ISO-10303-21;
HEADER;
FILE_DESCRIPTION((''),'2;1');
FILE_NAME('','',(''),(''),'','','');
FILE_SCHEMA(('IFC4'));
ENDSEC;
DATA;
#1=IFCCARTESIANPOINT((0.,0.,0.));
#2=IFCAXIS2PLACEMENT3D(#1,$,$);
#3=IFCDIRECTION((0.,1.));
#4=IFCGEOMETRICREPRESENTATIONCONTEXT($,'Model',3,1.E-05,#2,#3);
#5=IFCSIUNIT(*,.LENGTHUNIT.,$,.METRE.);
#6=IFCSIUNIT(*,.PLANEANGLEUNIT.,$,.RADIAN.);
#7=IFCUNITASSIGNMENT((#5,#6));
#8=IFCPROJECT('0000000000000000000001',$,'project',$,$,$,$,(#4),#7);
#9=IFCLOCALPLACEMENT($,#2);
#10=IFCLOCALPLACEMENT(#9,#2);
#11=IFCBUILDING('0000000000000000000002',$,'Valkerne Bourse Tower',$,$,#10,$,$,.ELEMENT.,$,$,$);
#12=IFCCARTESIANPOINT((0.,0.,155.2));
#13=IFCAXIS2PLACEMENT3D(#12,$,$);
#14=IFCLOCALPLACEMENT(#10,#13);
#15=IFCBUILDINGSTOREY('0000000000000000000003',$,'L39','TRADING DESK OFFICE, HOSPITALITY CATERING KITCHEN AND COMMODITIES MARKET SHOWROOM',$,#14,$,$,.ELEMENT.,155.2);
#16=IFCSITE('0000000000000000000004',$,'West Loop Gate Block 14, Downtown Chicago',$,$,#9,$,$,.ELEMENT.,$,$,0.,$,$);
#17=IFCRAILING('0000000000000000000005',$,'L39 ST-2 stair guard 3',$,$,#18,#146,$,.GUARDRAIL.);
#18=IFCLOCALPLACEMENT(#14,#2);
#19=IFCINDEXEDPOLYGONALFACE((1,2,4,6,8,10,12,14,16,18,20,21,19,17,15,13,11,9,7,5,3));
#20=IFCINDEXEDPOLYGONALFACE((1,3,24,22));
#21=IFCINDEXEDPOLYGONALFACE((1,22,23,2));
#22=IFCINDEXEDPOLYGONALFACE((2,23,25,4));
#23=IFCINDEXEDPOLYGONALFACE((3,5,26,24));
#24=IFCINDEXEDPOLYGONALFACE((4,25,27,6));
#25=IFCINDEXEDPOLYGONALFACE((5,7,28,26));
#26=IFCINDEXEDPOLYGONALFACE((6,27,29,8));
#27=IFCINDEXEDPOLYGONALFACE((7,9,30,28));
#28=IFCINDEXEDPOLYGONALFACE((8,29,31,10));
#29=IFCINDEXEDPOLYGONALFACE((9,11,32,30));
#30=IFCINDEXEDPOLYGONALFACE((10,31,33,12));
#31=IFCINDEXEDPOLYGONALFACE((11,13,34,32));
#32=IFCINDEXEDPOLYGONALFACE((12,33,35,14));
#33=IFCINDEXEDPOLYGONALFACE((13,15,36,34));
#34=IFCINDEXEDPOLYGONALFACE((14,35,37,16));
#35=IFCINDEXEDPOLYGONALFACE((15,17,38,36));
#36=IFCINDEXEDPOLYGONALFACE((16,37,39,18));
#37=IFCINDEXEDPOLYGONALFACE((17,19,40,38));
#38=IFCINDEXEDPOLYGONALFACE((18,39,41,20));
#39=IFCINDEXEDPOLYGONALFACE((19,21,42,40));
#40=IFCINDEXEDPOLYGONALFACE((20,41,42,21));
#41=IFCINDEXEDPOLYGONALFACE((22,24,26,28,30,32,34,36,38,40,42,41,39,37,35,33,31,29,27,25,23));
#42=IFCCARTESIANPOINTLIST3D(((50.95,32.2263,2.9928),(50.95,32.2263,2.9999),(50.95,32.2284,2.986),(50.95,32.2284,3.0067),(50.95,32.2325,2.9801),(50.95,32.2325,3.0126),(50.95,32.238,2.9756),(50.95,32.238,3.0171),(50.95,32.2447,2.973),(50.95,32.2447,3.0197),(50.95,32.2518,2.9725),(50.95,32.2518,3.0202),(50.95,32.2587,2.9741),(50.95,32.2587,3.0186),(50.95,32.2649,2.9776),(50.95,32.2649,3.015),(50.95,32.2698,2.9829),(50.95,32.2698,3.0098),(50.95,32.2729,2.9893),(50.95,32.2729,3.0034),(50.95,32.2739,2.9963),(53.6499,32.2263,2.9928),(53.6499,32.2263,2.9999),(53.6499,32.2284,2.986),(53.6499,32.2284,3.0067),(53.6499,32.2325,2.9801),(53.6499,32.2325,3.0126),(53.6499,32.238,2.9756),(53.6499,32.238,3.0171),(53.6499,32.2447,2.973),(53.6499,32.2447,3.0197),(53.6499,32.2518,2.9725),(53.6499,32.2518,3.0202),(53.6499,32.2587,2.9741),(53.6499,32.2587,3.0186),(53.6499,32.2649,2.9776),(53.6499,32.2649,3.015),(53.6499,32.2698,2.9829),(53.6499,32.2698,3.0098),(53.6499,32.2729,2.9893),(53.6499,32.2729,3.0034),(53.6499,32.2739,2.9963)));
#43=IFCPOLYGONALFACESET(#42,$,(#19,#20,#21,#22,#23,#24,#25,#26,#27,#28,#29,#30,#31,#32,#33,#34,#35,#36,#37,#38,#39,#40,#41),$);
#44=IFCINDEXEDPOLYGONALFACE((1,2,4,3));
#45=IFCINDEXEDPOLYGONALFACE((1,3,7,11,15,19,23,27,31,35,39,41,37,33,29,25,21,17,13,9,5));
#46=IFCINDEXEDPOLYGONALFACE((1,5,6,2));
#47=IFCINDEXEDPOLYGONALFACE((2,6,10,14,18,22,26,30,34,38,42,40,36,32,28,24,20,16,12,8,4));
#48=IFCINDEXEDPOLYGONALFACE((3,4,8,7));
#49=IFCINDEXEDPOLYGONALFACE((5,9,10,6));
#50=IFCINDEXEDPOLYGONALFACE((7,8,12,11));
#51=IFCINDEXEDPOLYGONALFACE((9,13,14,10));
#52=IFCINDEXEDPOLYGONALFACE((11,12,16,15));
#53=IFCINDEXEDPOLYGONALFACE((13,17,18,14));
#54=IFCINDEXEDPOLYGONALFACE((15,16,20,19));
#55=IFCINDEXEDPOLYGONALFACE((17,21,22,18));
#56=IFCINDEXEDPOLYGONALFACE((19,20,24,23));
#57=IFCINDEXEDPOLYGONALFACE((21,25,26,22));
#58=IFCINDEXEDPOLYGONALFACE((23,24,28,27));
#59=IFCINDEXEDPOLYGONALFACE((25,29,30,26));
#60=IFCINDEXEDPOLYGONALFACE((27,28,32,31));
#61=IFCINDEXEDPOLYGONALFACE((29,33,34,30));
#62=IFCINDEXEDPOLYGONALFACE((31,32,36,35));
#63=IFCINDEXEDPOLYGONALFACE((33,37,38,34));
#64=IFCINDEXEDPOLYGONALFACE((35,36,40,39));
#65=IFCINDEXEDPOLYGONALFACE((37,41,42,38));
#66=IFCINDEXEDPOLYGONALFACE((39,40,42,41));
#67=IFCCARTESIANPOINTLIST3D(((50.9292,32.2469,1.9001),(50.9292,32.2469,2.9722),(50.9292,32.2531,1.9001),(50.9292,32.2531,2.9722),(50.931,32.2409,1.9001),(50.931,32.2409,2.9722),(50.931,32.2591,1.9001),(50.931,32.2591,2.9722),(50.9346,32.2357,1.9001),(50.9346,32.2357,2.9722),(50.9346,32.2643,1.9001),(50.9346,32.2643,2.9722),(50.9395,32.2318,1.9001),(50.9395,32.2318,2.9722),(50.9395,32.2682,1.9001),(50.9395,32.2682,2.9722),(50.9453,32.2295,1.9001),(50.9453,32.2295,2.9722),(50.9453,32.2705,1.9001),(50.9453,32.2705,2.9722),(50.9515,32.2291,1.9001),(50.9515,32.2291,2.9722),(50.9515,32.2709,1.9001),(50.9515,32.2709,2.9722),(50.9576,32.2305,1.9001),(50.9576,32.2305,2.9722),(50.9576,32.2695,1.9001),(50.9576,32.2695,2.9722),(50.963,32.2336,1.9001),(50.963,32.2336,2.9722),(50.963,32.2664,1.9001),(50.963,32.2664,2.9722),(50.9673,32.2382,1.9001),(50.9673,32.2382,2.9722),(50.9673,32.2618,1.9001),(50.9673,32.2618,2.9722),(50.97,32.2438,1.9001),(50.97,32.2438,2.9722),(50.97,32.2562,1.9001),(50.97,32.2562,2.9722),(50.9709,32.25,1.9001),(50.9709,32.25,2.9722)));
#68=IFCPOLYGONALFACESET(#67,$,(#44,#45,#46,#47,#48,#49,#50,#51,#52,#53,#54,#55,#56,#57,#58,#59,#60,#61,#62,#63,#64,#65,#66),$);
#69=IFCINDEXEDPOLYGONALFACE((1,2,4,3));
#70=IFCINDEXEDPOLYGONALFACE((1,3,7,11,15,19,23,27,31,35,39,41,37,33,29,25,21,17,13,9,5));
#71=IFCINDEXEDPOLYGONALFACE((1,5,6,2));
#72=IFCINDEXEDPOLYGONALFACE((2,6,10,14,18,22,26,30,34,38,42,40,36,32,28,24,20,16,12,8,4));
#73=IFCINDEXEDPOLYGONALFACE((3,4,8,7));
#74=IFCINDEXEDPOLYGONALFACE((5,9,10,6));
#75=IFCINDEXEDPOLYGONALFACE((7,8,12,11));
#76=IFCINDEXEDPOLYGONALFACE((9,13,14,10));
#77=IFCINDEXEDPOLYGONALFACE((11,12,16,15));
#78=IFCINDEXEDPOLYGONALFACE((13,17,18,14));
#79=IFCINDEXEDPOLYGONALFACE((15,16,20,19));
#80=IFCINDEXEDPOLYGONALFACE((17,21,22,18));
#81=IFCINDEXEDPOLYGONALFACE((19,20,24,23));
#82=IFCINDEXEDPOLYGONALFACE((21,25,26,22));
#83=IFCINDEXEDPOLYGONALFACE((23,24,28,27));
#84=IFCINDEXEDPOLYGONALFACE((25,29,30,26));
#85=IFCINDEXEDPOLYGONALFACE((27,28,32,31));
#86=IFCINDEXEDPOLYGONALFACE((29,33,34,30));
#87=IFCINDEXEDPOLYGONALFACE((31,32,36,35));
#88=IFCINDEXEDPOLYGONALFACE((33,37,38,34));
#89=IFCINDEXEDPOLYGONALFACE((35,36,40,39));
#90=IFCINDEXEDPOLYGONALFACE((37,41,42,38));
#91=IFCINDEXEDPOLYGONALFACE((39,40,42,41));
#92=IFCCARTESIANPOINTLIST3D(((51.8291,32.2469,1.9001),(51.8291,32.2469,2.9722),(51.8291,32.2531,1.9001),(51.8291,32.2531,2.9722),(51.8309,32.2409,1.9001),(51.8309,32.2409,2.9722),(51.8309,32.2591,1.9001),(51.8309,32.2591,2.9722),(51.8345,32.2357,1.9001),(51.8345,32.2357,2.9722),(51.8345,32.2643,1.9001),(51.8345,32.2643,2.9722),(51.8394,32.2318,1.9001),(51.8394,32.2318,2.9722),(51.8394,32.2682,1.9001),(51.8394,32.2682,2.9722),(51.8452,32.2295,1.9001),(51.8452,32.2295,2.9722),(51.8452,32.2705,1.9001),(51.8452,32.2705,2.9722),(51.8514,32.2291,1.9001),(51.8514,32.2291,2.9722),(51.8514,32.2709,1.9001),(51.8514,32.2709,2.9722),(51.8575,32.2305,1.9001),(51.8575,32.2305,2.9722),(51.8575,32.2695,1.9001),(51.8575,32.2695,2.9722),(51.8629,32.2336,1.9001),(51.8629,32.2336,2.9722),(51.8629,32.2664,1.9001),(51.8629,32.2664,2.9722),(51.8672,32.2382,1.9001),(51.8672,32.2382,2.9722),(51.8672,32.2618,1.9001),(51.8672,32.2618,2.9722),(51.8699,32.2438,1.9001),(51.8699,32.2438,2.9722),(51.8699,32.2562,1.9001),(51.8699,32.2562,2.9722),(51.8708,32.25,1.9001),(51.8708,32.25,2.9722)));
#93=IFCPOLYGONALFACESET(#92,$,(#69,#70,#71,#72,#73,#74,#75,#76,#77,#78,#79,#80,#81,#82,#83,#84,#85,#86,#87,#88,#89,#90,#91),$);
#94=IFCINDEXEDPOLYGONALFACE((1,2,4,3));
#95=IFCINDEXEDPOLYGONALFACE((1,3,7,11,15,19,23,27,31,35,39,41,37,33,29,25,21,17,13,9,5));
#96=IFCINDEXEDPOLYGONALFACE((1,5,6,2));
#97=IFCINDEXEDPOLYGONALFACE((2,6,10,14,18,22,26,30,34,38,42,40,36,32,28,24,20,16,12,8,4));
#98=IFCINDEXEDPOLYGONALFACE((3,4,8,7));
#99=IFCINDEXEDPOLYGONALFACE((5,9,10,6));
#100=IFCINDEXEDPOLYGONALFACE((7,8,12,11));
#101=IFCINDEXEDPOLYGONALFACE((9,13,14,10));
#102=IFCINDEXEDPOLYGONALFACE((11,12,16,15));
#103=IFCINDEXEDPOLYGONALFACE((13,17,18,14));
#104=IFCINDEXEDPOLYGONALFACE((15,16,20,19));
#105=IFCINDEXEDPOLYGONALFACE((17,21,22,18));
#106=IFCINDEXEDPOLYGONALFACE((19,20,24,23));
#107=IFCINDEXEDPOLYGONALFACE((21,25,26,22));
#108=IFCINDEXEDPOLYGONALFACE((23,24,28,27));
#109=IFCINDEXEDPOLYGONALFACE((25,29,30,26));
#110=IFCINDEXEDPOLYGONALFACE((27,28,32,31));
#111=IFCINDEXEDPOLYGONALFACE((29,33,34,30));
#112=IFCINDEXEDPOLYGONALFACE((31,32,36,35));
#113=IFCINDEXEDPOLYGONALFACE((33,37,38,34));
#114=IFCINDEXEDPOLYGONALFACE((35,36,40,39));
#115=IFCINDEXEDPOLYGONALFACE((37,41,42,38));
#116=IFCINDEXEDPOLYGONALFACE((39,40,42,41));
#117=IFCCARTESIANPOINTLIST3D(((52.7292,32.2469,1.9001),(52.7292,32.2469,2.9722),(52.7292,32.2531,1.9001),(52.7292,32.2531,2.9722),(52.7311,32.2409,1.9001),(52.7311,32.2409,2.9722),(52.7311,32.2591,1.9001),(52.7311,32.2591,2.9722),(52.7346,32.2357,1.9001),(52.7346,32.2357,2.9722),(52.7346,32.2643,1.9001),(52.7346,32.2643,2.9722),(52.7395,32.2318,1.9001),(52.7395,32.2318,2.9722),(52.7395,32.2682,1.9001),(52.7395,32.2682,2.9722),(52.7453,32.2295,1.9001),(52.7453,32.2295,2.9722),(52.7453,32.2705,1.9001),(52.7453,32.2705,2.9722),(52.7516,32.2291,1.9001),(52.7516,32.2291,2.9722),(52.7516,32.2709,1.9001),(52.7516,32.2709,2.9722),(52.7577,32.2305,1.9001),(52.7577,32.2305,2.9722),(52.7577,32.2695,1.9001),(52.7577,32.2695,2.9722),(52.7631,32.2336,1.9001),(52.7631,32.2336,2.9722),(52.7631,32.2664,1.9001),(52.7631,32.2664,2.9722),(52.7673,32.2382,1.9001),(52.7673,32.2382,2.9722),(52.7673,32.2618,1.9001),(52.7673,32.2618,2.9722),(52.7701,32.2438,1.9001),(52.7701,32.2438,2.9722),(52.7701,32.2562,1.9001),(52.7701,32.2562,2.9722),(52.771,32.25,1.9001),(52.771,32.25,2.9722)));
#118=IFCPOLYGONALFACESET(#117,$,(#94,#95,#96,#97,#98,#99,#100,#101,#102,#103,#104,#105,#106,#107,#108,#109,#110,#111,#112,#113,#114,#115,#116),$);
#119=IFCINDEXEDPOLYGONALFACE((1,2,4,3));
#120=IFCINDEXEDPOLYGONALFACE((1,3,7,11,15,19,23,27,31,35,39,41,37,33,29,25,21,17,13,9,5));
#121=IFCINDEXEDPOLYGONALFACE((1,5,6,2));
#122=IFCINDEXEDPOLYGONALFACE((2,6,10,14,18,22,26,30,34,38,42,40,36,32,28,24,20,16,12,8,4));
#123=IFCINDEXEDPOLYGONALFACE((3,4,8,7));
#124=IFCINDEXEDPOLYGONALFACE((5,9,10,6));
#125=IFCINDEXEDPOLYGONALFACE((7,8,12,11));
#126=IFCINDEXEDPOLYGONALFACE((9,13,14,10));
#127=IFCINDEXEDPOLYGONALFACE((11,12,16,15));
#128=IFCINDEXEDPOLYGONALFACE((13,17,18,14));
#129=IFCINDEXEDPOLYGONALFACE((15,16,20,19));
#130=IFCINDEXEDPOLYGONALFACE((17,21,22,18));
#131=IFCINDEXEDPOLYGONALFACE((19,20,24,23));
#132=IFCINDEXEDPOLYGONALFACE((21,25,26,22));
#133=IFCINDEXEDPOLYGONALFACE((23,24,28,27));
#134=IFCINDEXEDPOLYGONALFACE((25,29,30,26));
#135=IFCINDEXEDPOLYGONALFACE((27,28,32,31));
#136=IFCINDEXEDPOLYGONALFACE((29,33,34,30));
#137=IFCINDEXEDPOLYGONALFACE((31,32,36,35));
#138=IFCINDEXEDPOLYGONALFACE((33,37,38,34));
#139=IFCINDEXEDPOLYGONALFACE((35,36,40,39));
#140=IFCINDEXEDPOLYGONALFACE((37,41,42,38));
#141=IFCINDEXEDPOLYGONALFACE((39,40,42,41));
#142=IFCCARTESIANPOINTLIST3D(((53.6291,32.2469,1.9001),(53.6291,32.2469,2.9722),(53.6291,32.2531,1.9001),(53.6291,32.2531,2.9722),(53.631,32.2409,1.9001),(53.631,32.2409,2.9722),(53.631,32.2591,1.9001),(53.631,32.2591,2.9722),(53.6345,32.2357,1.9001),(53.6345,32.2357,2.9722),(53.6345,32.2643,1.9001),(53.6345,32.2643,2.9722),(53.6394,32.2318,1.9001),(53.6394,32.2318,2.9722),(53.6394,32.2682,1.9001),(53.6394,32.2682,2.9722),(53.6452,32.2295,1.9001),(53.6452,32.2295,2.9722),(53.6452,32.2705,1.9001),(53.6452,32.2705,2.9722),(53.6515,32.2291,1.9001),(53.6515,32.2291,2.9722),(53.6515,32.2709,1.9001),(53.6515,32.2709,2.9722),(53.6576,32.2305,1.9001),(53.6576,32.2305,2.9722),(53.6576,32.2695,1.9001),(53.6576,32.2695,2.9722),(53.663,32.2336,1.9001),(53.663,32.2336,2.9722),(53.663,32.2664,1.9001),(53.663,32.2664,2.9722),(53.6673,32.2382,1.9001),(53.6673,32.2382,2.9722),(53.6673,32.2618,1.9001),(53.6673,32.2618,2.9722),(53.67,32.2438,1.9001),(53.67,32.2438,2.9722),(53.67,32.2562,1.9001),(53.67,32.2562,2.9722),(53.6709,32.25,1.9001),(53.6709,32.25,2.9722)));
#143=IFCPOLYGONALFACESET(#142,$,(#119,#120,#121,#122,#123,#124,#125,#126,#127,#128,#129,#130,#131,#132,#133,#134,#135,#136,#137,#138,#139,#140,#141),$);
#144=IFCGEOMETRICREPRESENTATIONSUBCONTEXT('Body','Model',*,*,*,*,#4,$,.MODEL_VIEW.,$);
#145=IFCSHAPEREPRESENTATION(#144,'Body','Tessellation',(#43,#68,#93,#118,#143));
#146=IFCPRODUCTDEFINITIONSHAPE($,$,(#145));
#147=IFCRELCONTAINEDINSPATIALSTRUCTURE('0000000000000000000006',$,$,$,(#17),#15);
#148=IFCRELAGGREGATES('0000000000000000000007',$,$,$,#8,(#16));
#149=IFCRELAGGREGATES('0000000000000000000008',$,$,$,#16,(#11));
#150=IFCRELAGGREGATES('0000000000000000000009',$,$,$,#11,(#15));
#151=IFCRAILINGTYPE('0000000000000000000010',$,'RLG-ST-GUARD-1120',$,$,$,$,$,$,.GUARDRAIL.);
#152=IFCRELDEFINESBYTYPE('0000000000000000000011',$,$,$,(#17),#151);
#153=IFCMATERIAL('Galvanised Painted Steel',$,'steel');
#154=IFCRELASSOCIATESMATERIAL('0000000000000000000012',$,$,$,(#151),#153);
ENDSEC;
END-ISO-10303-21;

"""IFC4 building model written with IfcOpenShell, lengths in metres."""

from ifc_helpers import new_model, si_unit, direction, frame, origin, origin_2d, place, context, subcontext, project, spatial, circle, extrude, material, type_object, element, save


model = new_model("IFC4")

# Units and contexts
model_context = context("Model", 3, precision=1e-05, world=origin(), true_north=direction((0.0, 1.0)))
body_context = subcontext(model_context, "Body", "Model", "MODEL_VIEW")
ifc_project = project(units=[si_unit("LENGTHUNIT", "METRE"), si_unit("PLANEANGLEUNIT", "RADIAN")], contexts=[model_context])

# Site, building, storey
site_placement = place(None, origin())
site = spatial("IfcSite", under=ifc_project, at=site_placement, Name="West Loop Gate Block 14, Downtown Chicago", CompositionType="ELEMENT", RefElevation=0.0)
building_placement = place(site_placement, origin())
building = spatial("IfcBuilding", under=site, at=building_placement, Name="Valkerne Bourse Tower", CompositionType="ELEMENT")
storey_placement = place(building_placement, frame((0.0, 0.0, 155.2)))
storey = spatial("IfcBuildingStorey", under=building, at=storey_placement, Name="L39", Description="TRADING DESK OFFICE, HOSPITALITY CATERING KITCHEN AND COMMODITIES MARKET SHOWROOM", CompositionType="ELEMENT", Elevation=155.2)

# Shared definitions
ifc_material_1 = material(Name="Galvanised Painted Steel", Category="steel")

# Railing
railing_type_1 = type_object("IfcRailingType", Name="RLG-ST-GUARD-1120", PredefinedType="GUARDRAIL", material=ifc_material_1)
for number, where, name in (
    (1, (50.95, 32.25, 1.9001), "L39 ST-2 stair guard 3"),
):
    element("IfcRailing", number, at=place(storey_placement, frame(where)), inside=storey, type_object=railing_type_1, Name=name, PredefinedType="GUARDRAIL", context=body_context, shape_type="SweptSolid", body=[
        extrude(circle(Radius=0.0239, at=origin_2d()), frame((0.0, 0.0, 1.0962), z_axis=(1.0, 0.0, 0.0), x_axis=(0.0, 1.0, 0.0)), (0.0, 0.0, 1.0), 2.7),
        extrude(circle(Radius=0.021, at=origin_2d()), origin(), (0.0, 0.0, 1.0), 1.072),
        extrude(circle(Radius=0.021, at=origin_2d()), frame((0.8999, 0.0, 0.0)), (0.0, 0.0, 1.0), 1.072),
        extrude(circle(Radius=0.021, at=origin_2d()), frame((1.8, 0.0, 0.0)), (0.0, 0.0, 1.0), 1.072),
        extrude(circle(Radius=0.021, at=origin_2d()), frame((2.7, 0.0, 0.0)), (0.0, 0.0, 1.0), 1.072),
    ])

save(model, "model.ifc")
